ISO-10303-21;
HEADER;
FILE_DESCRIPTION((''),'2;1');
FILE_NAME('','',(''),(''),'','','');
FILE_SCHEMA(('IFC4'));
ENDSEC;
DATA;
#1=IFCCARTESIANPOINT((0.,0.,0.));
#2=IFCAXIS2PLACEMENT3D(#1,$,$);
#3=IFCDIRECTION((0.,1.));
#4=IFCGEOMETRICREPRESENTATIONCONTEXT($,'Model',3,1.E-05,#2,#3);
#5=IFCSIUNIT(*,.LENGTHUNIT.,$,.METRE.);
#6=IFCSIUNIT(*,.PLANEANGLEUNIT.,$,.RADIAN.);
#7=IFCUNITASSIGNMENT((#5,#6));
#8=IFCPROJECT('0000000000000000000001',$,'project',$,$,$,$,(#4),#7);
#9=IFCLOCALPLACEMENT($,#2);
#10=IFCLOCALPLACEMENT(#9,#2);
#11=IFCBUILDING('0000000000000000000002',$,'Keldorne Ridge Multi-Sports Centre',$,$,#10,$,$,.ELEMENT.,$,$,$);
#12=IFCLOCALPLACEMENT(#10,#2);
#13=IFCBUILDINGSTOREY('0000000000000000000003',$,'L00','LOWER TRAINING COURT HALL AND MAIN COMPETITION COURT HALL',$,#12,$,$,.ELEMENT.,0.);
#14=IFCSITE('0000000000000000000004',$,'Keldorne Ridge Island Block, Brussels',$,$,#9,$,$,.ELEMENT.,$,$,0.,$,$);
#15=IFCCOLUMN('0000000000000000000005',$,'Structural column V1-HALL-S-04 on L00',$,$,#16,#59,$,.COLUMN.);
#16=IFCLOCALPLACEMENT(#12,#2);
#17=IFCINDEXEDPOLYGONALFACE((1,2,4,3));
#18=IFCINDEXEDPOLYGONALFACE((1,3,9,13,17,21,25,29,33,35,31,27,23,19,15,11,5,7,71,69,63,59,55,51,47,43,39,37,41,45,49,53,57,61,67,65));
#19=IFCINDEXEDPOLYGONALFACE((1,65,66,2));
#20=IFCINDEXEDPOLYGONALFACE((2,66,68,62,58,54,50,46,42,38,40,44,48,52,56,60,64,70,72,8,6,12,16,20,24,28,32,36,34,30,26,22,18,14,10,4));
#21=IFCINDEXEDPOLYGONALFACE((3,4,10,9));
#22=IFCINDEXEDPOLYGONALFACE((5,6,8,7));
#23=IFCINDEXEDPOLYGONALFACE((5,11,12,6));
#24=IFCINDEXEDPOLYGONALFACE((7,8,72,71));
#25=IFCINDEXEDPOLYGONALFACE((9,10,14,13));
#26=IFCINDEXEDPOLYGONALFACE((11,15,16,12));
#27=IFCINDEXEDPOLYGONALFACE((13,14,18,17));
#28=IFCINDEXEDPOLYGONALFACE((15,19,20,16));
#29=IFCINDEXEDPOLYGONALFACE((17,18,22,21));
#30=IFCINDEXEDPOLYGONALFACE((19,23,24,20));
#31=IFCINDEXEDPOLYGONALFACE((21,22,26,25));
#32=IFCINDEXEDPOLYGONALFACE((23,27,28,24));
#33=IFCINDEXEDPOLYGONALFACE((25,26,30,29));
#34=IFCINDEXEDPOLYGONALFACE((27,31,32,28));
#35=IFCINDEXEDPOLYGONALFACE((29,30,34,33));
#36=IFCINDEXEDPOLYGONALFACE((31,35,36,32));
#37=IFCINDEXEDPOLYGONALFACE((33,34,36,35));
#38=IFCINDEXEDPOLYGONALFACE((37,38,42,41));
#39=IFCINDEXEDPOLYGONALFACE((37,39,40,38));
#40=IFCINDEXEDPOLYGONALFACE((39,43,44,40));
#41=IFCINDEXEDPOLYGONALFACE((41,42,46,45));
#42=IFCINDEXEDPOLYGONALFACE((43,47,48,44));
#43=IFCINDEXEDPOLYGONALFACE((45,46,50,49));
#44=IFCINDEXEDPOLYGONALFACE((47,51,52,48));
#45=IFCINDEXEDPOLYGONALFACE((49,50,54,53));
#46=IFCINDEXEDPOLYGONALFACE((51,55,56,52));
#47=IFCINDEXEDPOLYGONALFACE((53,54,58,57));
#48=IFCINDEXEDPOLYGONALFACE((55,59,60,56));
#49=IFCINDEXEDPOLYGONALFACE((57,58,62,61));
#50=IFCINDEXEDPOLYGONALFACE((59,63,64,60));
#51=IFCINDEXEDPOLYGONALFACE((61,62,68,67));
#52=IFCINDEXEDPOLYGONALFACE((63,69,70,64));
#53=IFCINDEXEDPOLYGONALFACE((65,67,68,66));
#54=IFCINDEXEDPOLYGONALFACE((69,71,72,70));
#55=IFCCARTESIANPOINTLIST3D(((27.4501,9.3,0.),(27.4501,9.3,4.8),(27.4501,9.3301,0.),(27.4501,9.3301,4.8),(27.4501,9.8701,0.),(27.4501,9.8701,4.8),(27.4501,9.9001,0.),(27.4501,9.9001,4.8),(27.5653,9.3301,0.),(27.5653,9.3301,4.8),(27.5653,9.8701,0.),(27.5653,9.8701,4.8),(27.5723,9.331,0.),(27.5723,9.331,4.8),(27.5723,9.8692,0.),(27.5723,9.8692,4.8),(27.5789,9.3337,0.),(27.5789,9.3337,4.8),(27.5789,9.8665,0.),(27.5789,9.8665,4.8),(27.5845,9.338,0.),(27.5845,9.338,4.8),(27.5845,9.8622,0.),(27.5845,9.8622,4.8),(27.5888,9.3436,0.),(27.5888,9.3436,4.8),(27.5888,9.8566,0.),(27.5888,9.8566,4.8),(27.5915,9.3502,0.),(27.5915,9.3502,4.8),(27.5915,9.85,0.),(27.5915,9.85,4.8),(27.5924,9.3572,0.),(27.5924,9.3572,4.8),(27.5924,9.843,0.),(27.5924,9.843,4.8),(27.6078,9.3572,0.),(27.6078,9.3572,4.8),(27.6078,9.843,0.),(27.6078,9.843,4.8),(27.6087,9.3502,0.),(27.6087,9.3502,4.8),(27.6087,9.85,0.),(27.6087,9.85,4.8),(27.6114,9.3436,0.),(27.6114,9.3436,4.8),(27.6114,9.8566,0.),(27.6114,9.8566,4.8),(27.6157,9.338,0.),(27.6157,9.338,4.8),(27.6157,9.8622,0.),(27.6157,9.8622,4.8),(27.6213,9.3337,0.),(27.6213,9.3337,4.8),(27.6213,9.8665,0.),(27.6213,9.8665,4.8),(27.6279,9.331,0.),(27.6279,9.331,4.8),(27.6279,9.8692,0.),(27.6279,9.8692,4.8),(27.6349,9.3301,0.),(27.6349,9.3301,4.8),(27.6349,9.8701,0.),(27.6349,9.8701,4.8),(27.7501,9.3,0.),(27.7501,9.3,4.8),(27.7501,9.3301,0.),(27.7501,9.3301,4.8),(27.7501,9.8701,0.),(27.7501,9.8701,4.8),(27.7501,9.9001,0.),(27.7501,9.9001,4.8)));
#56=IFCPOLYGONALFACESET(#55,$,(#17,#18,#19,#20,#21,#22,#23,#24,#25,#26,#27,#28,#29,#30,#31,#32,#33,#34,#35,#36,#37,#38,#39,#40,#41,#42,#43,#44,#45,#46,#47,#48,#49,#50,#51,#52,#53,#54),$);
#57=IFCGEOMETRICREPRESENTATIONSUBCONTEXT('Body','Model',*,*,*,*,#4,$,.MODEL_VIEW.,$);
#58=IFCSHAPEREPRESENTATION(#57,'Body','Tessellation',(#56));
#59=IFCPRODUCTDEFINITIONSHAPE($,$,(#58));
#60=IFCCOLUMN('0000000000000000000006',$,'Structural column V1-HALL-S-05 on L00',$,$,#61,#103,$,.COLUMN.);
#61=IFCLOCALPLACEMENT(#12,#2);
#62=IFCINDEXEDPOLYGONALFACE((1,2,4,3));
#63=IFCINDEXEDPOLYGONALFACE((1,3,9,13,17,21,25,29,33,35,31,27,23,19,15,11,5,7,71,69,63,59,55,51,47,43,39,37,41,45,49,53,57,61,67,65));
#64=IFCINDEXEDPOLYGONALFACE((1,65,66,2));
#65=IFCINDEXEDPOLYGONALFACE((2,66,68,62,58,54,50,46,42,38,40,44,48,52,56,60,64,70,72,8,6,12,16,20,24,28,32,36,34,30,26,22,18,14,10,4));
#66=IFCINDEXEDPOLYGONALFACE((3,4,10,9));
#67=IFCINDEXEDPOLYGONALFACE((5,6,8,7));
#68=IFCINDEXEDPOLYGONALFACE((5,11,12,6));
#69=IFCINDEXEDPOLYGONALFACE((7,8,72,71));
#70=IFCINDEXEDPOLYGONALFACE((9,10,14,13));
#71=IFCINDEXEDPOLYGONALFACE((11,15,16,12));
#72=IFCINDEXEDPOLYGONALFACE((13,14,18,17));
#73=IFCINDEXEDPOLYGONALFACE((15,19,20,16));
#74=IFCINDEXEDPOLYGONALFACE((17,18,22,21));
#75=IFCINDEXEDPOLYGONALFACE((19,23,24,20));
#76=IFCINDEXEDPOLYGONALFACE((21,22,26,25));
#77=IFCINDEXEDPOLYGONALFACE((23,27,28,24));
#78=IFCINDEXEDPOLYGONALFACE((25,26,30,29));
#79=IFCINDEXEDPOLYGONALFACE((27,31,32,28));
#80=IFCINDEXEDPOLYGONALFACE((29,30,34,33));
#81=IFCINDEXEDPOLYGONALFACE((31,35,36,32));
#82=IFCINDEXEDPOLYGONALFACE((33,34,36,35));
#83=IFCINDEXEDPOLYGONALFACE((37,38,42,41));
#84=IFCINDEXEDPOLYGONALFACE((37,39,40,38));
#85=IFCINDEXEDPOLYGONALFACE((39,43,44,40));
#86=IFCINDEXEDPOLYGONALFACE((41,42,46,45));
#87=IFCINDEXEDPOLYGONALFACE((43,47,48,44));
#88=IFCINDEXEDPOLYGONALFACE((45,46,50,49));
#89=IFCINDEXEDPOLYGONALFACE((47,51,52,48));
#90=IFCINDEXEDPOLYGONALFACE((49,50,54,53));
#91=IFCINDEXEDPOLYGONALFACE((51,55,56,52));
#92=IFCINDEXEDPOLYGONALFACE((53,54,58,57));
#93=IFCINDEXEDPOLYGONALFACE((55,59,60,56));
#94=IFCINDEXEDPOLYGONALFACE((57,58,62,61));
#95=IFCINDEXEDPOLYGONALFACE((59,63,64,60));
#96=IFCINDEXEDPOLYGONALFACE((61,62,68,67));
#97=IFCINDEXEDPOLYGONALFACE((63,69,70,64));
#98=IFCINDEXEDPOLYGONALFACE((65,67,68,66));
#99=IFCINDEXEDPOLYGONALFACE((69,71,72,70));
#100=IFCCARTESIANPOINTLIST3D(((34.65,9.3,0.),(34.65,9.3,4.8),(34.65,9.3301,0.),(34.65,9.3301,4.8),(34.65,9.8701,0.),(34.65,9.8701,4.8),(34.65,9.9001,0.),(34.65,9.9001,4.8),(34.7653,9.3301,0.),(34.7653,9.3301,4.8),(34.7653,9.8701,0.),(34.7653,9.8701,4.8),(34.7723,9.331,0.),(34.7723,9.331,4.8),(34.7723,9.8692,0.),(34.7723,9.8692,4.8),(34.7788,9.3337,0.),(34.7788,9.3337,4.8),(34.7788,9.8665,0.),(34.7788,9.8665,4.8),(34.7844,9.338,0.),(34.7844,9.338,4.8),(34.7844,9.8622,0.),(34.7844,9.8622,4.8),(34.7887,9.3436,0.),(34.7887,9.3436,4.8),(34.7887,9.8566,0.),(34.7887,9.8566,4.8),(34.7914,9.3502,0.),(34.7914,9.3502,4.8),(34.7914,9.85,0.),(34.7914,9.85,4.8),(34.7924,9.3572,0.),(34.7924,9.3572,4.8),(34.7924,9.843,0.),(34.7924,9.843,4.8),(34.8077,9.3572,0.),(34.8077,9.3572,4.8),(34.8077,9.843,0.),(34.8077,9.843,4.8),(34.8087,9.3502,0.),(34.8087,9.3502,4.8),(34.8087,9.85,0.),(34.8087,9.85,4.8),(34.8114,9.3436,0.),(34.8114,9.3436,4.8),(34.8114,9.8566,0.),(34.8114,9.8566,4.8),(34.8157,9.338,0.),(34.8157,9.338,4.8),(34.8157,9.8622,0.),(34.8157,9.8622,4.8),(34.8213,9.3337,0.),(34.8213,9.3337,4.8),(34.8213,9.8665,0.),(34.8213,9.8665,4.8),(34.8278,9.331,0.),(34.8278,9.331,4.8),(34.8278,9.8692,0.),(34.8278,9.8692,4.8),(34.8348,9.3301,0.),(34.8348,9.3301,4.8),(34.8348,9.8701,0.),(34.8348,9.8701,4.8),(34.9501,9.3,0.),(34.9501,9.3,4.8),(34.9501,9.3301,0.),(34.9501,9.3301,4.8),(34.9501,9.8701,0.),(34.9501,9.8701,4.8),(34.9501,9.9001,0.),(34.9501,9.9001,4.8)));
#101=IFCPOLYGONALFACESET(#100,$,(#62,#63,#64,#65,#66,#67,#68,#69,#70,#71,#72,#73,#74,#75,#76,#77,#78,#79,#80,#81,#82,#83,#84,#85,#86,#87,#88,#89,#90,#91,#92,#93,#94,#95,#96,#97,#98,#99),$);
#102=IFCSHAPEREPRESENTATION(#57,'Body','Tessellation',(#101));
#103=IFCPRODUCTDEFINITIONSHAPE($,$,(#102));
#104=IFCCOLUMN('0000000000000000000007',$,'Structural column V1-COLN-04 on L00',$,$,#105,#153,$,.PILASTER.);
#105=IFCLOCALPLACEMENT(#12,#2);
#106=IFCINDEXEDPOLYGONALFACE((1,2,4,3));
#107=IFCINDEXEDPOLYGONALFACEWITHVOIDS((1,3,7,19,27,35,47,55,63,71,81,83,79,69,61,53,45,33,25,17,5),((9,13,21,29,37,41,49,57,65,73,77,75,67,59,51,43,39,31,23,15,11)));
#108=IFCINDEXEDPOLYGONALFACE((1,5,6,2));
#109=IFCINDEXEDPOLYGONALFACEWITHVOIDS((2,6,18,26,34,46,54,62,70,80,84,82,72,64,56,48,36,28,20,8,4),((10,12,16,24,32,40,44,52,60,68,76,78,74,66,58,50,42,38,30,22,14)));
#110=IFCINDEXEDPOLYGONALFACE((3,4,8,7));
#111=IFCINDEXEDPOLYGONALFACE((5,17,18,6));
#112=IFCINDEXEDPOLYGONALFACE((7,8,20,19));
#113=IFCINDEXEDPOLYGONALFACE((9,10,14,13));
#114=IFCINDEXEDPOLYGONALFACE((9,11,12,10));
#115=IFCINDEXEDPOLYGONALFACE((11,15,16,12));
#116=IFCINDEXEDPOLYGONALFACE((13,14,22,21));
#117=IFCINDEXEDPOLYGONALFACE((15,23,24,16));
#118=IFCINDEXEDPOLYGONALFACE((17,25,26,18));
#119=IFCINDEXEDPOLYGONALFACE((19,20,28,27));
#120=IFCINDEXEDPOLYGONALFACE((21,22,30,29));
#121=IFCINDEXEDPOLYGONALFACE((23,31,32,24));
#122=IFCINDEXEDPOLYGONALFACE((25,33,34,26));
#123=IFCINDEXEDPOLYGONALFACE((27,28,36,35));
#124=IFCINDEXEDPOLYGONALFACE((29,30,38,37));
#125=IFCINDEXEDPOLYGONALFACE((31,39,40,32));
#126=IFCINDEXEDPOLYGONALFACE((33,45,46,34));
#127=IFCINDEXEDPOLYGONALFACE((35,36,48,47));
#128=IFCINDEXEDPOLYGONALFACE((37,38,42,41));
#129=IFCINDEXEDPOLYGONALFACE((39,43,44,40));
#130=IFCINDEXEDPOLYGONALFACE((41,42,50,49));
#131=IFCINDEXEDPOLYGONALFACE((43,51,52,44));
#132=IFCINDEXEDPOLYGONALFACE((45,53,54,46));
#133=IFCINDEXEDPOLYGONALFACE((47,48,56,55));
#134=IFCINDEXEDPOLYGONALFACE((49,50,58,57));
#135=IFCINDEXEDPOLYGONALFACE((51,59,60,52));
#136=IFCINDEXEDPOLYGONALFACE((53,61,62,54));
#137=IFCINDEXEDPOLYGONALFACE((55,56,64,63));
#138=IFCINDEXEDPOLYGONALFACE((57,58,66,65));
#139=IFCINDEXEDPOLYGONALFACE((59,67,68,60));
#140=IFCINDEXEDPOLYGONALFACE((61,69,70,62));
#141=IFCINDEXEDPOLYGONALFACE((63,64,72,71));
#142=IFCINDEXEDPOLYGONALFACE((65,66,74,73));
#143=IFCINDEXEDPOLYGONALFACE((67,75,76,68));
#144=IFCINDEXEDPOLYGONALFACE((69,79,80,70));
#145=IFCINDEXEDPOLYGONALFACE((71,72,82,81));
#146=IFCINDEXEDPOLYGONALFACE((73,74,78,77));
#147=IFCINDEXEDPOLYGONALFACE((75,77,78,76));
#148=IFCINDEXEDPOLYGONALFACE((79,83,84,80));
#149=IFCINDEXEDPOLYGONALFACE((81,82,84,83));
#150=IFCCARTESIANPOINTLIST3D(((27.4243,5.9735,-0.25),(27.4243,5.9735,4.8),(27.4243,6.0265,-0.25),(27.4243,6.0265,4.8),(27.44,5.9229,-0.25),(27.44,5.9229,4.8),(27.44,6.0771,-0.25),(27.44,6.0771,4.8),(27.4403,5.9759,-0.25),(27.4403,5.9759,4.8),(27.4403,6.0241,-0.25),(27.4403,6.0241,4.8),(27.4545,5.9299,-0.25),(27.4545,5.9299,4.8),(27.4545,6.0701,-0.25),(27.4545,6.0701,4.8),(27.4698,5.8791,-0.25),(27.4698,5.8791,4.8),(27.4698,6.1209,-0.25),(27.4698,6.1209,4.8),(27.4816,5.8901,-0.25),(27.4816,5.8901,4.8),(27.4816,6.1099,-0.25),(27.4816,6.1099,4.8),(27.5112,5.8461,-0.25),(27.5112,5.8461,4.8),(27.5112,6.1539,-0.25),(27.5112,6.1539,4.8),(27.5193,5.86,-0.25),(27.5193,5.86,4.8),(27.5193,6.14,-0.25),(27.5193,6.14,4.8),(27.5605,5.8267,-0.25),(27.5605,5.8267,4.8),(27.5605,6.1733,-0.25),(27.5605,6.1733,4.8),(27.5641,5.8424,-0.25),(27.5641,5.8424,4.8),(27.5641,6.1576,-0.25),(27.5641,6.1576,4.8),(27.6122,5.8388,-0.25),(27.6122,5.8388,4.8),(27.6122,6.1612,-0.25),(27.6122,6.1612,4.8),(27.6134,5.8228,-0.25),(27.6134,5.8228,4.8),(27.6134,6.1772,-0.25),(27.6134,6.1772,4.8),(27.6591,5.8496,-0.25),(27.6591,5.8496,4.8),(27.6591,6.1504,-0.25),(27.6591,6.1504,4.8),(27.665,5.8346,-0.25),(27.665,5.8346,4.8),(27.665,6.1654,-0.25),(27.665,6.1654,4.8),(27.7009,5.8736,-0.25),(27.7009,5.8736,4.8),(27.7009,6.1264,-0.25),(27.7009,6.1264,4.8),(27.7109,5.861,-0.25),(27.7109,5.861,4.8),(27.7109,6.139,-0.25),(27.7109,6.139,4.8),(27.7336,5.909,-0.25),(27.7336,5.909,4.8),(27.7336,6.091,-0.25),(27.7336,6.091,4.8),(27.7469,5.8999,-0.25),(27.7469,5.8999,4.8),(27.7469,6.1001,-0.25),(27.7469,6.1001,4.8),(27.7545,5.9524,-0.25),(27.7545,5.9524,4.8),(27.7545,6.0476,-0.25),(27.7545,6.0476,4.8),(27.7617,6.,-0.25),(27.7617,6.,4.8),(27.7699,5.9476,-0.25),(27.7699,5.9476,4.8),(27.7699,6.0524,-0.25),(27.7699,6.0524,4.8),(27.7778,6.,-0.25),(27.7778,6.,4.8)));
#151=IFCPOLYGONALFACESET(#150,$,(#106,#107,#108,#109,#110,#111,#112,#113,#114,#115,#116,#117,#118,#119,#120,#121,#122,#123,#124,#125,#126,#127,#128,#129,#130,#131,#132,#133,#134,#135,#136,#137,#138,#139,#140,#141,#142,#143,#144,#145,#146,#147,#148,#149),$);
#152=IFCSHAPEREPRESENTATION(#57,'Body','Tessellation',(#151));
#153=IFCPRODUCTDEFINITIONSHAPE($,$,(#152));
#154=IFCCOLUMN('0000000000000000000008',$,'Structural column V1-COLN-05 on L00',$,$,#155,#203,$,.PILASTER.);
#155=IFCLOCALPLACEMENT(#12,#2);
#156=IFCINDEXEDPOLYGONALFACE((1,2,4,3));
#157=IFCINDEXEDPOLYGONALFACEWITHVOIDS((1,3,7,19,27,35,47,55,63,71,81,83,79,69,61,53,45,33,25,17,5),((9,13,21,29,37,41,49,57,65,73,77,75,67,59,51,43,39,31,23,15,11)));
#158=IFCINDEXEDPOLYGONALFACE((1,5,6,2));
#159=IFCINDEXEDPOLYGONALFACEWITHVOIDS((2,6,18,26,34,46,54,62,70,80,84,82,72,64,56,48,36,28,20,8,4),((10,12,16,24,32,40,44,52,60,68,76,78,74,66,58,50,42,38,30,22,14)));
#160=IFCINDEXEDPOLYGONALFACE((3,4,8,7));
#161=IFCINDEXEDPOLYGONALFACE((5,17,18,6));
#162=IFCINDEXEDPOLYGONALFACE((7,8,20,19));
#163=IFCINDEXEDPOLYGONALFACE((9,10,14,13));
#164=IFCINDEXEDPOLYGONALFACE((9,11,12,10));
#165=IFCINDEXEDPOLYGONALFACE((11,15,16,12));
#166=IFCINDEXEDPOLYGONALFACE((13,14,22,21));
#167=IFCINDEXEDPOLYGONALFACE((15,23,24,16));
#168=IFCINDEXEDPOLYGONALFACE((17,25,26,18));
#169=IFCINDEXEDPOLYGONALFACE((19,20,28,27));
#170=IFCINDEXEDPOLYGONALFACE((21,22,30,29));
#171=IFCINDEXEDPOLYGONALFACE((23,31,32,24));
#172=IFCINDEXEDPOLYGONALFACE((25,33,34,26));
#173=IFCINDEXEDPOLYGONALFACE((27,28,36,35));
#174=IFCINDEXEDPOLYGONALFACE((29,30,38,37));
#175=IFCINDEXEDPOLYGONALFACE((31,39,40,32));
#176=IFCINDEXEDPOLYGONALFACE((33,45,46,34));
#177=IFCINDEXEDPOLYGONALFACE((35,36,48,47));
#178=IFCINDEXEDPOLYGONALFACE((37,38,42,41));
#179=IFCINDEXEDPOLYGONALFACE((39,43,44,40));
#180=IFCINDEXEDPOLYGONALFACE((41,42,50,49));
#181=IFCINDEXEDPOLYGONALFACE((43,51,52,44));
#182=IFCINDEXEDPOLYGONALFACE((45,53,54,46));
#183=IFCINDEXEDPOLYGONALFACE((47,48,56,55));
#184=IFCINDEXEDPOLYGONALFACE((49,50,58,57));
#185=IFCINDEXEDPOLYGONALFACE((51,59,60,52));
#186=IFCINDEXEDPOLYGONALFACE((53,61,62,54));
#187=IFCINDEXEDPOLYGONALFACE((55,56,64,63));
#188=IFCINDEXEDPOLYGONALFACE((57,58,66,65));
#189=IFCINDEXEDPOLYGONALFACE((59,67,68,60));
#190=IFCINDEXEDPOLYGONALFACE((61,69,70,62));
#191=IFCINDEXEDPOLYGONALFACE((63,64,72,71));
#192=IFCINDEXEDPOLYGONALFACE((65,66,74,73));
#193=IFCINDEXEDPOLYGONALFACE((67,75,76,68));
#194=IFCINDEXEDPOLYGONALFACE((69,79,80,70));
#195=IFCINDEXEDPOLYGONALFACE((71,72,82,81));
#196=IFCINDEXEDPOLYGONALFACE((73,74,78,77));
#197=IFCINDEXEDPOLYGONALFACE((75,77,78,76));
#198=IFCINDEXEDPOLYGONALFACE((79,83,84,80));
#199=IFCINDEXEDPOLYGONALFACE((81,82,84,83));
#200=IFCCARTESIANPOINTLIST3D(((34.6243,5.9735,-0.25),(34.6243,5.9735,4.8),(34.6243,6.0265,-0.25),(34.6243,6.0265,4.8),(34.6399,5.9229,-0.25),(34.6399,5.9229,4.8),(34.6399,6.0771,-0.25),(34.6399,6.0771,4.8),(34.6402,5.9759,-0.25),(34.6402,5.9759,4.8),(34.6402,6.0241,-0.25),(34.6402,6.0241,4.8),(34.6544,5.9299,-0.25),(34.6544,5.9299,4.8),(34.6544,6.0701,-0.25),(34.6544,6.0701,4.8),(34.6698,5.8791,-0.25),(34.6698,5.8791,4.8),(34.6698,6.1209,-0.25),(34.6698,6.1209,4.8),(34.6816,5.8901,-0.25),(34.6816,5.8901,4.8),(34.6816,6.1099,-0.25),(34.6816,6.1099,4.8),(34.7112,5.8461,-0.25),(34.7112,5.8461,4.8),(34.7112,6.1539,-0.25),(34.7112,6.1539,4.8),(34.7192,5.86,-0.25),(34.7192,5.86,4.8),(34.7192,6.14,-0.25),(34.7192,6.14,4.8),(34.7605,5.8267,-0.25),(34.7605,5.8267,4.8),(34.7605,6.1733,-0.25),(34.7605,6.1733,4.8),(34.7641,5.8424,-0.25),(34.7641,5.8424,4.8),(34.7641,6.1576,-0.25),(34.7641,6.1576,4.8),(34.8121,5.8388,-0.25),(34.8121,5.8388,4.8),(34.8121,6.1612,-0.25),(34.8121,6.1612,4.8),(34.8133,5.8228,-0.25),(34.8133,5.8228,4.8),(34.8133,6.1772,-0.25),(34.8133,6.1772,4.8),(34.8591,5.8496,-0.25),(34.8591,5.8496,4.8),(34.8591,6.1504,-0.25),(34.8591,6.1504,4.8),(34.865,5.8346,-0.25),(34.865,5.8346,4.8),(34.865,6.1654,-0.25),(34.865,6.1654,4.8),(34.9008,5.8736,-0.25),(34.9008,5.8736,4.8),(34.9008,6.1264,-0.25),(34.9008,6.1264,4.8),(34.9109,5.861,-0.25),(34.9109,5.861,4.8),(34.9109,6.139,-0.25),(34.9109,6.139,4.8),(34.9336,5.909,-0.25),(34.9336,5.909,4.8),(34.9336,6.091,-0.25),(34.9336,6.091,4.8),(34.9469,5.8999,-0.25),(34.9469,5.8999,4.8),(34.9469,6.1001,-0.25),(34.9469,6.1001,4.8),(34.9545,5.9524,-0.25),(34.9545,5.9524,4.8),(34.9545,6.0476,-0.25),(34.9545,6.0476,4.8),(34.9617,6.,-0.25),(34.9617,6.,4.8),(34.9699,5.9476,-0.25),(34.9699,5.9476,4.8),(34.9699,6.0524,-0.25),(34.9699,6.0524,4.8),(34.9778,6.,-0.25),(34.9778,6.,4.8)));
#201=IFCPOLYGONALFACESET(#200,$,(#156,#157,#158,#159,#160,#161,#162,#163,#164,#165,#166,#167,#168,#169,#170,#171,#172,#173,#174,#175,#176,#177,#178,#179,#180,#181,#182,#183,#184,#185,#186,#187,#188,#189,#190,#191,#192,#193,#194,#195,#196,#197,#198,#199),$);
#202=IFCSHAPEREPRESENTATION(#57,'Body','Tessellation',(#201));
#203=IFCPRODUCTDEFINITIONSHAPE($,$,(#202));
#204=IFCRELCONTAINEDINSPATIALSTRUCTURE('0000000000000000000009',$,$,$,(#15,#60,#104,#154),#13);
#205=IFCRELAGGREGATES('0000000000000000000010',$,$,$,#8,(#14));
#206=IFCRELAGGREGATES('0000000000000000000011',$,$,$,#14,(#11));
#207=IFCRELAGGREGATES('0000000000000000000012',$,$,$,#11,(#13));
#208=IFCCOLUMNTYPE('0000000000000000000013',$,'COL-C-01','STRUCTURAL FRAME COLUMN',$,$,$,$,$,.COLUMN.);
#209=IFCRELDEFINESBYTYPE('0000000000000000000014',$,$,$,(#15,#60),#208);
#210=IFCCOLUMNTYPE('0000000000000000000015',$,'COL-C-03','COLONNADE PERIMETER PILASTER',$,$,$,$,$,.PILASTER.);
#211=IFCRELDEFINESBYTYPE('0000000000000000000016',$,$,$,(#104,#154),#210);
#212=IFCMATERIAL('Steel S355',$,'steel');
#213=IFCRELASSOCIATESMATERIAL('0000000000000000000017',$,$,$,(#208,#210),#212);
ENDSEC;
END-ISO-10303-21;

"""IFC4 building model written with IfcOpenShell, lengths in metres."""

from ifc_helpers import new_model, si_unit, direction, frame, origin, origin_2d, place, context, subcontext, project, spatial, hollow_circle, i_section, extrude, material, material_profile, profile_set, type_object, element, save


model = new_model("IFC4")

# Units and contexts
model_context = context("Model", 3, precision=1e-05, world=origin(), true_north=direction((0.0, 1.0)))
body_context = subcontext(model_context, "Body", "Model", "MODEL_VIEW")
ifc_project = project(units=[si_unit("LENGTHUNIT", "METRE"), si_unit("PLANEANGLEUNIT", "RADIAN")], contexts=[model_context])

# Site, building, storey
site_placement = place(None, origin())
site = spatial("IfcSite", under=ifc_project, at=site_placement, Name="Keldorne Ridge Island Block, Brussels", CompositionType="ELEMENT", RefElevation=0.0)
building_placement = place(site_placement, origin())
building = spatial("IfcBuilding", under=site, at=building_placement, Name="Keldorne Ridge Multi-Sports Centre", CompositionType="ELEMENT")
storey_placement = place(building_placement, origin())
storey = spatial("IfcBuildingStorey", under=building, at=storey_placement, Name="L00", Description="LOWER TRAINING COURT HALL AND MAIN COMPETITION COURT HALL", CompositionType="ELEMENT", Elevation=0.0)

# Columns
ifc_material_1 = material(Name="Steel S355", Category="steel")
ifc_material_profile_1 = material_profile(ifc_material_1, i_section(OverallWidth=0.3, OverallDepth=0.6001, WebThickness=0.0154, FlangeThickness=0.03, FilletRadius=0.0271, at=origin_2d()), Name="HEB 600")
ifc_profile_set_1 = profile_set([ifc_material_profile_1], Name="Steel S355")
column_type_1 = type_object("IfcColumnType", Name="COL-C-01", Description="STRUCTURAL FRAME COLUMN", PredefinedType="COLUMN", material=ifc_profile_set_1)
for number, where, z_axis, x_axis, name in (
    (1, (27.6001, 9.6001, 0.0), (0.0, 0.0, 1.0), (1.0, 0.0, 0.0), "Structural column V1-HALL-S-04 on L00"),
    (2, (34.8, 9.6001, 0.0), (0.0, 0.0, 1.0), (1.0, 0.0, 0.0), "Structural column V1-HALL-S-05 on L00"),
):
    element("IfcColumn", number, at=place(storey_placement, frame(where, z_axis=z_axis, x_axis=x_axis)), inside=storey, type_object=column_type_1, Name=name, PredefinedType="COLUMN", context=body_context, shape_type="SweptSolid", body=[
        extrude(i_section(OverallWidth=0.3, OverallDepth=0.6001, WebThickness=0.0154, FlangeThickness=0.03, FilletRadius=0.0271, at=origin_2d()), origin(), (0.0, 0.0, 1.0), 4.8),
    ])
ifc_material_profile_2 = material_profile(ifc_material_1, hollow_circle(Radius=0.1777, WallThickness=0.0161, at=origin_2d()), Name="CHS 355.6x16")
ifc_profile_set_2 = profile_set([ifc_material_profile_2], Name="Steel S355")
column_type_2 = type_object("IfcColumnType", Name="COL-C-03", Description="COLONNADE PERIMETER PILASTER", PredefinedType="PILASTER", material=ifc_profile_set_2)
for number, where, z_axis, x_axis, name in (
    (3, (27.6001, 6.0, -0.25), (0.0, 0.0, 1.0), (1.0, 0.0, 0.0), "Structural column V1-COLN-04 on L00"),
    (4, (34.8, 6.0, -0.25), (0.0, 0.0, 1.0), (1.0, 0.0, 0.0), "Structural column V1-COLN-05 on L00"),
):
    element("IfcColumn", number, at=place(storey_placement, frame(where, z_axis=z_axis, x_axis=x_axis)), inside=storey, type_object=column_type_2, Name=name, PredefinedType="PILASTER", context=body_context, shape_type="SweptSolid", body=[
        extrude(hollow_circle(Radius=0.1777, WallThickness=0.0161, at=origin_2d()), origin(), (0.0, 0.0, 1.0), 5.05),
    ])

save(model, "model.ifc")
